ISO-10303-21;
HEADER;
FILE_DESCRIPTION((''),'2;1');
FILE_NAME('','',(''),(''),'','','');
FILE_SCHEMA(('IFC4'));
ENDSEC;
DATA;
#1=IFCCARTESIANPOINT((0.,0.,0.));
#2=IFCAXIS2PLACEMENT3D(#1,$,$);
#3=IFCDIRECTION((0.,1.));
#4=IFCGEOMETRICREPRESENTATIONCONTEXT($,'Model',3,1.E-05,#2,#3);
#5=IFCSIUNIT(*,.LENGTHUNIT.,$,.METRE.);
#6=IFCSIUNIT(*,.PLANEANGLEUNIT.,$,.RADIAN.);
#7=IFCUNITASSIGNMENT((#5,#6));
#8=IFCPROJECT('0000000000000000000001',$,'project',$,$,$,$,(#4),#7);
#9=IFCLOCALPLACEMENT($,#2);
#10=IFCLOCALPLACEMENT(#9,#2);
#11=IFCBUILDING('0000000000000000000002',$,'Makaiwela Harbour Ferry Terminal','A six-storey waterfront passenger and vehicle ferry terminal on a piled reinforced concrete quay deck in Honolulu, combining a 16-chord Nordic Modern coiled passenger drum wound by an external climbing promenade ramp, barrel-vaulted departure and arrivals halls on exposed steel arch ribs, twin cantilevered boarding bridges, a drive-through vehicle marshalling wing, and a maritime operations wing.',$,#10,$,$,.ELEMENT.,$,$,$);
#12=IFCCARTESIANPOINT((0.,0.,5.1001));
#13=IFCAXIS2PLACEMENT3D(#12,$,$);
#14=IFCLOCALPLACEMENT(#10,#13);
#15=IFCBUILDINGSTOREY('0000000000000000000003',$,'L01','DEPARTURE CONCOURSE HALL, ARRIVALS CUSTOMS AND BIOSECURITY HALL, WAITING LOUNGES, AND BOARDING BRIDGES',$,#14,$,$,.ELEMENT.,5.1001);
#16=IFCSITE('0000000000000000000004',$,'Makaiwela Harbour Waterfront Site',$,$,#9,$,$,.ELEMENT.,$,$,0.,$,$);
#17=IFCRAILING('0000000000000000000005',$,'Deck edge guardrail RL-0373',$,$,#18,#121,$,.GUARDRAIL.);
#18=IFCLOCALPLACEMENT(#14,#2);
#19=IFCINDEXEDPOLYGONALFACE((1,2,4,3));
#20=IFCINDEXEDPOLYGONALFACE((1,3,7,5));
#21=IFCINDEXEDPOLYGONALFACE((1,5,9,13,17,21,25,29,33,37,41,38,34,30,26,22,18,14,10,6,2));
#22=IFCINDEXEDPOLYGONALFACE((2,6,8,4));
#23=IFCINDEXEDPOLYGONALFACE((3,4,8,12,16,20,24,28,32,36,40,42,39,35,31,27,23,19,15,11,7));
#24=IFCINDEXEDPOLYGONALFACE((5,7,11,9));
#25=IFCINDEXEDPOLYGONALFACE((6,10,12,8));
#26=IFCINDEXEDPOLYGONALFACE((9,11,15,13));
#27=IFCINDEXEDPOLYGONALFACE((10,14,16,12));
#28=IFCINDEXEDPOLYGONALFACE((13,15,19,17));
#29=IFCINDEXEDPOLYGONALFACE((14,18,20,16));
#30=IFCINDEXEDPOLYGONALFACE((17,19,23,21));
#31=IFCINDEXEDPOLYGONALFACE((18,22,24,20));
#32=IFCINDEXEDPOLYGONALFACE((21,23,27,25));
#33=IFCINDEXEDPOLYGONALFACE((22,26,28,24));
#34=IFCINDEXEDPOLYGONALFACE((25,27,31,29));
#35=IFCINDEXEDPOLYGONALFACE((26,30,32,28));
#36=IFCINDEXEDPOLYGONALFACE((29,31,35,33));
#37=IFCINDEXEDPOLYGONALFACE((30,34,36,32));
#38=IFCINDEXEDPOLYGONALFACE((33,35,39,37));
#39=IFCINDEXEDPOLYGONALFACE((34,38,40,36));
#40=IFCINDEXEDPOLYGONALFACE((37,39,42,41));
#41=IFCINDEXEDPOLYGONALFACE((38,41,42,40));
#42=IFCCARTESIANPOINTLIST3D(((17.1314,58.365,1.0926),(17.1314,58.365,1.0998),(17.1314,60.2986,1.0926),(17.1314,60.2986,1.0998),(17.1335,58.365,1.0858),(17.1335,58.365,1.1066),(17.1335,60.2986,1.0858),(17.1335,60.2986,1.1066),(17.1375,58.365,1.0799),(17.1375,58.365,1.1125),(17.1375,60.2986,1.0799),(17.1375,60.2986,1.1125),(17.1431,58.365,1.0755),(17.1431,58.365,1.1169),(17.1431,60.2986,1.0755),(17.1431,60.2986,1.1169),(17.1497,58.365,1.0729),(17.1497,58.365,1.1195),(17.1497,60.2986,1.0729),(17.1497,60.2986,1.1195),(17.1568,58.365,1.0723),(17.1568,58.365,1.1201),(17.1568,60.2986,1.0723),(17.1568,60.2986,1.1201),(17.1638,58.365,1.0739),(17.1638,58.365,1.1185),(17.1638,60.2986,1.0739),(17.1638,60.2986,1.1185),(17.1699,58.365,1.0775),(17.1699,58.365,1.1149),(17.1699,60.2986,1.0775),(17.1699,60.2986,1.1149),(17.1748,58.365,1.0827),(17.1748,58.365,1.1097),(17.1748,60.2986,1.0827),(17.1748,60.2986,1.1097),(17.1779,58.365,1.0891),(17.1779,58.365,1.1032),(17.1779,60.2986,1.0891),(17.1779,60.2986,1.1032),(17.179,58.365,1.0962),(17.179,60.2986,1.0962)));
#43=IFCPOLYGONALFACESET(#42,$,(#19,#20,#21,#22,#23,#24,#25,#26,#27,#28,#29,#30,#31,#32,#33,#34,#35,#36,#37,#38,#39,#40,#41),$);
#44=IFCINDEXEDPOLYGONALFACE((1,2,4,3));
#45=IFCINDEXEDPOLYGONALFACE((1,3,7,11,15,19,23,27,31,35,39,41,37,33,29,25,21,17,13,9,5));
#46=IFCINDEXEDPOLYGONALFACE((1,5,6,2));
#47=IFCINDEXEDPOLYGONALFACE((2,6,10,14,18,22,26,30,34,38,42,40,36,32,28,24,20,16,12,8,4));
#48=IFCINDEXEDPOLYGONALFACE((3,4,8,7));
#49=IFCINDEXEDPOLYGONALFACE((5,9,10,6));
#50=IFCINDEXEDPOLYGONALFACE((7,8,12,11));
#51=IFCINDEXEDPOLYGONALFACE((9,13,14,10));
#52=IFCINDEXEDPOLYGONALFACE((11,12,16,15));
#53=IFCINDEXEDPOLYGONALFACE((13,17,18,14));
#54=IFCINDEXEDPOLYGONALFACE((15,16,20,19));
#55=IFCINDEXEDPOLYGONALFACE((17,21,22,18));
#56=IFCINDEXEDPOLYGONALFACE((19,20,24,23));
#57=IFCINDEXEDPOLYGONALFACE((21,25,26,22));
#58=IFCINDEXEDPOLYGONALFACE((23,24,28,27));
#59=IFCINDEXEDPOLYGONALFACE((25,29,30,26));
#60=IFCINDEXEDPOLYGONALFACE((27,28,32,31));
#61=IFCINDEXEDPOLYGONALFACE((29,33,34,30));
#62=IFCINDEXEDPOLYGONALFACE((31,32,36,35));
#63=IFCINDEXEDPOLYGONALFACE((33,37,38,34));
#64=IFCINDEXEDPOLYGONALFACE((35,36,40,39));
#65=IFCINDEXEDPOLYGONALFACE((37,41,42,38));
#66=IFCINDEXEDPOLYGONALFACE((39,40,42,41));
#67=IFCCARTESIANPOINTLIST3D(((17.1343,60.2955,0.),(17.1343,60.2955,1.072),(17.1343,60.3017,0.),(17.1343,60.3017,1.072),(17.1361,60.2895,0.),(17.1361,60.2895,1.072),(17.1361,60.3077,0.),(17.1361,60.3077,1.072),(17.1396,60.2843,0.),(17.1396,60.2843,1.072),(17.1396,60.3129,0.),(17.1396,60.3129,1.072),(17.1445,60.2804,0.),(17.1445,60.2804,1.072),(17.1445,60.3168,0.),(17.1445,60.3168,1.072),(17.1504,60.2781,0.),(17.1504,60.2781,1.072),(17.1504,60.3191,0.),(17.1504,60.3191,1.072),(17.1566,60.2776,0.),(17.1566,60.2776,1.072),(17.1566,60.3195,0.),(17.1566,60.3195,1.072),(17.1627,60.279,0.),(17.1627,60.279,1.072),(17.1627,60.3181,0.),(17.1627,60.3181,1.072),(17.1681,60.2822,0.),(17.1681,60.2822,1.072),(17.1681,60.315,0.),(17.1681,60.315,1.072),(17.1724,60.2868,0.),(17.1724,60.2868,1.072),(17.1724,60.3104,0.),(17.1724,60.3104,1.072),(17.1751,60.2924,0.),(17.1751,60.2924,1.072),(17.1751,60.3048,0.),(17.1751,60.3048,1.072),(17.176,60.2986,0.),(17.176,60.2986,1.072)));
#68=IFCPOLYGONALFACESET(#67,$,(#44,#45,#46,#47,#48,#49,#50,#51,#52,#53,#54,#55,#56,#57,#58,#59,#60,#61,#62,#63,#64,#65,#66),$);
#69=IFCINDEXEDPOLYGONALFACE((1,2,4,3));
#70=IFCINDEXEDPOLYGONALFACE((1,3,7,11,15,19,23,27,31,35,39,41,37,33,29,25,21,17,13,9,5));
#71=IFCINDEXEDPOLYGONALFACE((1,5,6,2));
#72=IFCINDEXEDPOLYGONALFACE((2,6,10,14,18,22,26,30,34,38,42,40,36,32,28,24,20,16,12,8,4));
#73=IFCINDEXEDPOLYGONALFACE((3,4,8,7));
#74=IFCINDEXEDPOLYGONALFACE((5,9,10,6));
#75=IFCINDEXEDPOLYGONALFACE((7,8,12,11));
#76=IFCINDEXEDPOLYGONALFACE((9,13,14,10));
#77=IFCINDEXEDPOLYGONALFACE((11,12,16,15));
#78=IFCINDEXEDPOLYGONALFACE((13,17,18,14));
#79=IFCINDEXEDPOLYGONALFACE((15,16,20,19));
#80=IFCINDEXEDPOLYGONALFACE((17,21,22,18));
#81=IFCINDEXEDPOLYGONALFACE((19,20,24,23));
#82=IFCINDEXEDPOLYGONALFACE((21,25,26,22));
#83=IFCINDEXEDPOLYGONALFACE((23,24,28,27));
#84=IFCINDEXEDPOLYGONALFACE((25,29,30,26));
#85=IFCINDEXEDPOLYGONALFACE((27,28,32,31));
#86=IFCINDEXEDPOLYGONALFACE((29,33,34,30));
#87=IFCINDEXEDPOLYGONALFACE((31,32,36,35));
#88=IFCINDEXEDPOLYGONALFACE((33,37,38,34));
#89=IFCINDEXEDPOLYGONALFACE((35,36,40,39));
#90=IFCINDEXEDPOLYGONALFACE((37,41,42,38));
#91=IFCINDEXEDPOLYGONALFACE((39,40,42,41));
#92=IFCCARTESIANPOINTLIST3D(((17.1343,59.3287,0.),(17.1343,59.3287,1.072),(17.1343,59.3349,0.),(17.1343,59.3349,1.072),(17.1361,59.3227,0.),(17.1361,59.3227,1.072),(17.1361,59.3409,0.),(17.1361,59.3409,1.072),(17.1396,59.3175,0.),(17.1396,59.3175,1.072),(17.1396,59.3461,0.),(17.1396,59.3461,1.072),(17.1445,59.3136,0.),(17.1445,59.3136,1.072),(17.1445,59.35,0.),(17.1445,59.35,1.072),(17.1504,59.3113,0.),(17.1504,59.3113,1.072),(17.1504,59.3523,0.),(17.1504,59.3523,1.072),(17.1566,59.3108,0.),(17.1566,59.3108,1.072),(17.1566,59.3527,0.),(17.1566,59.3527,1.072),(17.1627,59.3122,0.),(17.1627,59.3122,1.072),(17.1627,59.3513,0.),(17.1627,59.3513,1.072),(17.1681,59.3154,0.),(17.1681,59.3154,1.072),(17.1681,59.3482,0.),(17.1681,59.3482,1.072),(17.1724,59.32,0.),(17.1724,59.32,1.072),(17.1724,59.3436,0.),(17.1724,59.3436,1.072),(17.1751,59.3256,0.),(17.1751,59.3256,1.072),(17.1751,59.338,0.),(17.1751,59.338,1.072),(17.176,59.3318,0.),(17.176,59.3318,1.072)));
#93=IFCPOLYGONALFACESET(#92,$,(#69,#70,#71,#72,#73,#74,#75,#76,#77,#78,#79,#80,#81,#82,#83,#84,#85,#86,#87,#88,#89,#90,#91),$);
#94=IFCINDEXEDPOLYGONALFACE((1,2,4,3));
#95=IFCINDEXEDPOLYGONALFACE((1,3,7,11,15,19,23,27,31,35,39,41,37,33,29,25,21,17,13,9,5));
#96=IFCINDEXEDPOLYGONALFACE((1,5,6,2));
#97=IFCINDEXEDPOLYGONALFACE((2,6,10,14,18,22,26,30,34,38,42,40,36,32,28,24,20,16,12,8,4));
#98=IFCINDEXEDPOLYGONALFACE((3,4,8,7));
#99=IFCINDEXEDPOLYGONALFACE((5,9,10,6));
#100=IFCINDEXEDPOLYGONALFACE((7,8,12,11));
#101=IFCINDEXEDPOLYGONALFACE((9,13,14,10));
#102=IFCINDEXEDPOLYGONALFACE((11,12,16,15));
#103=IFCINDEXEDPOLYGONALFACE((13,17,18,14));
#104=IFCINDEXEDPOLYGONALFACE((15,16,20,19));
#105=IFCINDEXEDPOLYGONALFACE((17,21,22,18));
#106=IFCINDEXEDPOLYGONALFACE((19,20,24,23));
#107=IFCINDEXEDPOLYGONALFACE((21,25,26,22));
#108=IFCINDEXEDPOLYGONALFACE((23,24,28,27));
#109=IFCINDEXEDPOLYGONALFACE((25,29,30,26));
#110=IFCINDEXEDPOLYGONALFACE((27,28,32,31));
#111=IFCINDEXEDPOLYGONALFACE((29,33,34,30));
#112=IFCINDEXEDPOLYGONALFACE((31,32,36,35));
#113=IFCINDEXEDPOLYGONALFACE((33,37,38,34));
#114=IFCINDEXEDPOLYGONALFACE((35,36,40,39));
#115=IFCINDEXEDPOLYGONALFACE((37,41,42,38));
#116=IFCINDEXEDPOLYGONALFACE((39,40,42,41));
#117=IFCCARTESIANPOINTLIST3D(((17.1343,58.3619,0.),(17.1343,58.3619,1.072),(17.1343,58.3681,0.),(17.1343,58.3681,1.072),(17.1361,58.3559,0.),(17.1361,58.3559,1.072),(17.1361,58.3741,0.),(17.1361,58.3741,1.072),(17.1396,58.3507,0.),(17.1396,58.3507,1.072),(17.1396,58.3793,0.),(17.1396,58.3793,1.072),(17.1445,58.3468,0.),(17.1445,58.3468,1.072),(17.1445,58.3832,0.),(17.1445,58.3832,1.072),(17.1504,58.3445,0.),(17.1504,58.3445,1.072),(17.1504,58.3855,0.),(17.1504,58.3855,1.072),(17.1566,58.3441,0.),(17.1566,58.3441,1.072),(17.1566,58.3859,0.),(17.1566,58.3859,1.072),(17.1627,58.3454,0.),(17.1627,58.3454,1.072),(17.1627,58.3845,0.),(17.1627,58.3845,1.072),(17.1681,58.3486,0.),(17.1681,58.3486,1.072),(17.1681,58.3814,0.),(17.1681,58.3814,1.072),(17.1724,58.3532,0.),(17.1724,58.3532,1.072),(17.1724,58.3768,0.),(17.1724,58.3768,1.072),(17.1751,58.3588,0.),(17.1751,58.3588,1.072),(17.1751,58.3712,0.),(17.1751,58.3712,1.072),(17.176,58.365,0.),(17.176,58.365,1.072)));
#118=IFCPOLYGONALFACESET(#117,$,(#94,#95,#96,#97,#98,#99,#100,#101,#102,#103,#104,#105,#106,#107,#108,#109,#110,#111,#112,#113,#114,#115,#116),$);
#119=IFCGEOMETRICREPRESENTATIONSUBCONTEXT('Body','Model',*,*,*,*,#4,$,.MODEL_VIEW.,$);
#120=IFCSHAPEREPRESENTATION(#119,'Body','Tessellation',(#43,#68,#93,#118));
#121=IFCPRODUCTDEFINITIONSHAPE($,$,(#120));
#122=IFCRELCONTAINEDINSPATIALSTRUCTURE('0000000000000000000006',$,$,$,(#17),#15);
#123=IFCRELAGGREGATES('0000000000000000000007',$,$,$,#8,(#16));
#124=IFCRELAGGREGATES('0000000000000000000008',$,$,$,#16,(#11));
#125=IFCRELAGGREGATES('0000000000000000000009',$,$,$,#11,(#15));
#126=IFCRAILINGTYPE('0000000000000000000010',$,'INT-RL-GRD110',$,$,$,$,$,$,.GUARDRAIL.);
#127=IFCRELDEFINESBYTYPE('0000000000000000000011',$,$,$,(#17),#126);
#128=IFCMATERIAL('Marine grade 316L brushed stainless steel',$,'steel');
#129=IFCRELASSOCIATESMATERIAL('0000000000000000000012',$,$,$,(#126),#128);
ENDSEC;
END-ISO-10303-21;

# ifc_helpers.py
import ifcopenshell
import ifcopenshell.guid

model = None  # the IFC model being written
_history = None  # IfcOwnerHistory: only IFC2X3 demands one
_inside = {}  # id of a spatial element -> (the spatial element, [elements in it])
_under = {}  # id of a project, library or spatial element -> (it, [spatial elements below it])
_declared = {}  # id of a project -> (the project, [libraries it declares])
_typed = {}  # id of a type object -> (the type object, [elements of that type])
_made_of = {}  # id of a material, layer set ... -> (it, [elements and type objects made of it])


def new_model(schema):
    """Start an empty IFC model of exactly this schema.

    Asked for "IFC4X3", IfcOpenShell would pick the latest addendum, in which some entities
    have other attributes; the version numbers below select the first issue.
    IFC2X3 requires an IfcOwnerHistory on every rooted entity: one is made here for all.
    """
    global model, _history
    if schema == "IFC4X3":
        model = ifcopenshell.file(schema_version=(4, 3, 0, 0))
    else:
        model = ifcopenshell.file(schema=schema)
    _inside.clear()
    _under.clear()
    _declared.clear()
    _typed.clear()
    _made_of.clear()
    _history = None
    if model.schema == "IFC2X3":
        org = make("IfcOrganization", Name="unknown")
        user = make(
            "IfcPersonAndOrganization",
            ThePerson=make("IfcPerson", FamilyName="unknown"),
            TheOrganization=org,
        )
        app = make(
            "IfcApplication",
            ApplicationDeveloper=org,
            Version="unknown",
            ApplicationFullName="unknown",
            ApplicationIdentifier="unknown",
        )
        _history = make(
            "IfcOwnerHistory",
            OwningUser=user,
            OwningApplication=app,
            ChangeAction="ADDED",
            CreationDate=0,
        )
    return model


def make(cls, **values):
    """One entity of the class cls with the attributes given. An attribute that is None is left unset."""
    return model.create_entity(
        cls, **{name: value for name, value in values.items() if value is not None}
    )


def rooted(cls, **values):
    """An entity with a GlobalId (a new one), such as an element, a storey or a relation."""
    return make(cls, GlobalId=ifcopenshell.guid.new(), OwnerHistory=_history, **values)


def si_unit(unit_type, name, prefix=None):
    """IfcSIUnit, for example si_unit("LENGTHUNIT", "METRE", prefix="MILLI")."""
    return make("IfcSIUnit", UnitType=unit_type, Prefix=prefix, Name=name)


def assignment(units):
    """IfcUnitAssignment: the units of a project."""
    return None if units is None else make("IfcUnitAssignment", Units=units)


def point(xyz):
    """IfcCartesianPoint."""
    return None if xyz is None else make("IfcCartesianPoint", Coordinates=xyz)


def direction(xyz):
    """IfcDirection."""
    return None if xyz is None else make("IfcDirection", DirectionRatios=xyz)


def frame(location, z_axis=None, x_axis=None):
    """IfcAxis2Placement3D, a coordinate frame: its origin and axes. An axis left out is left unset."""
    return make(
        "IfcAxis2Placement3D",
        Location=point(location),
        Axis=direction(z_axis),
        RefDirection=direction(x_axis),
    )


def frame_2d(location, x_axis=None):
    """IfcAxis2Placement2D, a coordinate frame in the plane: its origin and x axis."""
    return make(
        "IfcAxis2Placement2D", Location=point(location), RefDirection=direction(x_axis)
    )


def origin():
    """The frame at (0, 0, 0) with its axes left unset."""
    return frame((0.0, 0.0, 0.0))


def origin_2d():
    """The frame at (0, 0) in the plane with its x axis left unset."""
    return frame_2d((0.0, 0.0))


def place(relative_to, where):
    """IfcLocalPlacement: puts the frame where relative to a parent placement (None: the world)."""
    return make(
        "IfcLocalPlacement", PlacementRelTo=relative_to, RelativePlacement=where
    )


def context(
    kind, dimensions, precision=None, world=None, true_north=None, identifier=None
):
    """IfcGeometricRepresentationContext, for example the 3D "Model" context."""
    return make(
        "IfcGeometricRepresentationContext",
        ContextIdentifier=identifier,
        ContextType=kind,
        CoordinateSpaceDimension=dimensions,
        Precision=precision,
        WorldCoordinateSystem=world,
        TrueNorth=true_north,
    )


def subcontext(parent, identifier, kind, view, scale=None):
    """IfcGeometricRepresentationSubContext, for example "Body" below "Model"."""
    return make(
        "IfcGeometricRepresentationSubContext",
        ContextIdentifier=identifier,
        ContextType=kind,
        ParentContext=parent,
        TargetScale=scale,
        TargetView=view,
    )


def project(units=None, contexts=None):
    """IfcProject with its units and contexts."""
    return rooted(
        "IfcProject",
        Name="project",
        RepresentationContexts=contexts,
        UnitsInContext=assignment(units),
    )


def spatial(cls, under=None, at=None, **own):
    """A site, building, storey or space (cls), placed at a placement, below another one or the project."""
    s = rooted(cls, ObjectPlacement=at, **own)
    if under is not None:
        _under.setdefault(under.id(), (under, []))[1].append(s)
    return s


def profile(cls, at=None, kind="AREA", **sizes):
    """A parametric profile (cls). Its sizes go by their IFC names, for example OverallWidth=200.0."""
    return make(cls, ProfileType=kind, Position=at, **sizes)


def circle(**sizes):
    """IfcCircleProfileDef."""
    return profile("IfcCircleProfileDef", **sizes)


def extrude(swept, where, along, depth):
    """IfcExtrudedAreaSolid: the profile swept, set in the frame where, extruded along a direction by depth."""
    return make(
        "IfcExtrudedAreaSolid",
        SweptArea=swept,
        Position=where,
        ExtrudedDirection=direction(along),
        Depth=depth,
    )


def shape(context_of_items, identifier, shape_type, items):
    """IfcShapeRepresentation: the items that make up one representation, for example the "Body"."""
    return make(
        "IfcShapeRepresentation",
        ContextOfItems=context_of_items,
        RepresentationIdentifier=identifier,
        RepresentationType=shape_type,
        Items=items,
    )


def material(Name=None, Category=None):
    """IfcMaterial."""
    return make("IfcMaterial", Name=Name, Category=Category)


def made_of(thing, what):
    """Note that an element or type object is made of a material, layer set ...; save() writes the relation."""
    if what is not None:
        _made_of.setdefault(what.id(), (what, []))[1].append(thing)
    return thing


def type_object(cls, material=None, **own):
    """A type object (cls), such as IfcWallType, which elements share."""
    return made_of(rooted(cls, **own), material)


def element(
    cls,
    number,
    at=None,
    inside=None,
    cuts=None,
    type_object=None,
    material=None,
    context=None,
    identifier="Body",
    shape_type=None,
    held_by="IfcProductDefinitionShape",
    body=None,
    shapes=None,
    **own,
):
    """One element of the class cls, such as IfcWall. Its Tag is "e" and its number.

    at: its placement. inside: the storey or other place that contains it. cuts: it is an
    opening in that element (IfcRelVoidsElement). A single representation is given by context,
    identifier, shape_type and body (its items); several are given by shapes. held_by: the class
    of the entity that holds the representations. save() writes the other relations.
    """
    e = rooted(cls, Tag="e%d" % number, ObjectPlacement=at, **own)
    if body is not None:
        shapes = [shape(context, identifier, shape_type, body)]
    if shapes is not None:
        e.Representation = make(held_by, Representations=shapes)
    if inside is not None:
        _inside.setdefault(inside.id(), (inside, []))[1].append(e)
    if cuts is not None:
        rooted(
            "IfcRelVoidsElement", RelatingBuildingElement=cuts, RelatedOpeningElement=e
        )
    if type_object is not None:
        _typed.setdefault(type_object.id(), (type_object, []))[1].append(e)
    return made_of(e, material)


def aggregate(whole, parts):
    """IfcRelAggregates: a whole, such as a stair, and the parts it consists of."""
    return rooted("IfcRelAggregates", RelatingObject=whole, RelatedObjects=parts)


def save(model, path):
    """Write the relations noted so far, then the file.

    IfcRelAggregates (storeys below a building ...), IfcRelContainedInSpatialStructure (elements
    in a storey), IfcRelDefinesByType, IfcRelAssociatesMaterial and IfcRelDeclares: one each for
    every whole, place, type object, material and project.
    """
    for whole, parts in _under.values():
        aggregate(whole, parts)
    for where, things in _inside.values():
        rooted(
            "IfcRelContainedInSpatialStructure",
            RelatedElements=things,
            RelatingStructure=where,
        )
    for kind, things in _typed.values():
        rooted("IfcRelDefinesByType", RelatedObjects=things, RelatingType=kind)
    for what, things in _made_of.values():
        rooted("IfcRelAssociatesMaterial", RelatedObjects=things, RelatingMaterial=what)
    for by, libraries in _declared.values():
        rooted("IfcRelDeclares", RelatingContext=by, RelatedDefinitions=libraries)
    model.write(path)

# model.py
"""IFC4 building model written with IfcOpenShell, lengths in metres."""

from ifc_helpers import new_model, si_unit, direction, frame, origin, origin_2d, place, context, subcontext, project, spatial, circle, extrude, material, type_object, element, save


model = new_model("IFC4")

# Units and contexts
model_context = context("Model", 3, precision=1e-05, world=origin(), true_north=direction((0.0, 1.0)))
body_context = subcontext(model_context, "Body", "Model", "MODEL_VIEW")
ifc_project = project(units=[si_unit("LENGTHUNIT", "METRE"), si_unit("PLANEANGLEUNIT", "RADIAN")], contexts=[model_context])

# Site, building, storey
site_placement = place(None, origin())
site = spatial("IfcSite", under=ifc_project, at=site_placement, Name="Makaiwela Harbour Waterfront Site", CompositionType="ELEMENT", RefElevation=0.0)
building_placement = place(site_placement, origin())
building = spatial("IfcBuilding", under=site, at=building_placement, Name="Makaiwela Harbour Ferry Terminal", Description="A six-storey waterfront passenger and vehicle ferry terminal on a piled reinforced concrete quay deck in Honolulu, combining a 16-chord Nordic Modern coiled passenger drum wound by an external climbing promenade ramp, barrel-vaulted departure and arrivals halls on exposed steel arch ribs, twin cantilevered boarding bridges, a drive-through vehicle marshalling wing, and a maritime operations wing.", CompositionType="ELEMENT")
storey_placement = place(building_placement, frame((0.0, 0.0, 5.1001)))
storey = spatial("IfcBuildingStorey", under=building, at=storey_placement, Name="L01", Description="DEPARTURE CONCOURSE HALL, ARRIVALS CUSTOMS AND BIOSECURITY HALL, WAITING LOUNGES, AND BOARDING BRIDGES", CompositionType="ELEMENT", Elevation=5.1001)

# Railing
ifc_material_1 = material(Name="Marine grade 316L brushed stainless steel", Category="steel")
railing_type = type_object("IfcRailingType", Name="INT-RL-GRD110", PredefinedType="GUARDRAIL", material=ifc_material_1)
railing_1_placement = place(storey_placement, frame((17.155, 60.2986, 0.0)))
element("IfcRailing", 1, at=railing_1_placement, inside=storey, type_object=railing_type, Name="Deck edge guardrail RL-0373", PredefinedType="GUARDRAIL", context=body_context, shape_type="SweptSolid", body=[
    extrude(circle(Radius=0.0239, at=origin_2d()), frame((0.0, 0.0, 1.0962), z_axis=(0.0, -1.0, 0.0), x_axis=(1.0, 0.0, 0.0)), (0.0, 0.0, 1.0), 1.9336),
    extrude(circle(Radius=0.021, at=origin_2d()), origin(), (0.0, 0.0, 1.0), 1.072),
    extrude(circle(Radius=0.021, at=origin_2d()), frame((0.0, -0.9668, 0.0)), (0.0, 0.0, 1.0), 1.072),
    extrude(circle(Radius=0.021, at=origin_2d()), frame((0.0, -1.9336, 0.0)), (0.0, 0.0, 1.0), 1.072),
])

save(model, "model.ifc")
